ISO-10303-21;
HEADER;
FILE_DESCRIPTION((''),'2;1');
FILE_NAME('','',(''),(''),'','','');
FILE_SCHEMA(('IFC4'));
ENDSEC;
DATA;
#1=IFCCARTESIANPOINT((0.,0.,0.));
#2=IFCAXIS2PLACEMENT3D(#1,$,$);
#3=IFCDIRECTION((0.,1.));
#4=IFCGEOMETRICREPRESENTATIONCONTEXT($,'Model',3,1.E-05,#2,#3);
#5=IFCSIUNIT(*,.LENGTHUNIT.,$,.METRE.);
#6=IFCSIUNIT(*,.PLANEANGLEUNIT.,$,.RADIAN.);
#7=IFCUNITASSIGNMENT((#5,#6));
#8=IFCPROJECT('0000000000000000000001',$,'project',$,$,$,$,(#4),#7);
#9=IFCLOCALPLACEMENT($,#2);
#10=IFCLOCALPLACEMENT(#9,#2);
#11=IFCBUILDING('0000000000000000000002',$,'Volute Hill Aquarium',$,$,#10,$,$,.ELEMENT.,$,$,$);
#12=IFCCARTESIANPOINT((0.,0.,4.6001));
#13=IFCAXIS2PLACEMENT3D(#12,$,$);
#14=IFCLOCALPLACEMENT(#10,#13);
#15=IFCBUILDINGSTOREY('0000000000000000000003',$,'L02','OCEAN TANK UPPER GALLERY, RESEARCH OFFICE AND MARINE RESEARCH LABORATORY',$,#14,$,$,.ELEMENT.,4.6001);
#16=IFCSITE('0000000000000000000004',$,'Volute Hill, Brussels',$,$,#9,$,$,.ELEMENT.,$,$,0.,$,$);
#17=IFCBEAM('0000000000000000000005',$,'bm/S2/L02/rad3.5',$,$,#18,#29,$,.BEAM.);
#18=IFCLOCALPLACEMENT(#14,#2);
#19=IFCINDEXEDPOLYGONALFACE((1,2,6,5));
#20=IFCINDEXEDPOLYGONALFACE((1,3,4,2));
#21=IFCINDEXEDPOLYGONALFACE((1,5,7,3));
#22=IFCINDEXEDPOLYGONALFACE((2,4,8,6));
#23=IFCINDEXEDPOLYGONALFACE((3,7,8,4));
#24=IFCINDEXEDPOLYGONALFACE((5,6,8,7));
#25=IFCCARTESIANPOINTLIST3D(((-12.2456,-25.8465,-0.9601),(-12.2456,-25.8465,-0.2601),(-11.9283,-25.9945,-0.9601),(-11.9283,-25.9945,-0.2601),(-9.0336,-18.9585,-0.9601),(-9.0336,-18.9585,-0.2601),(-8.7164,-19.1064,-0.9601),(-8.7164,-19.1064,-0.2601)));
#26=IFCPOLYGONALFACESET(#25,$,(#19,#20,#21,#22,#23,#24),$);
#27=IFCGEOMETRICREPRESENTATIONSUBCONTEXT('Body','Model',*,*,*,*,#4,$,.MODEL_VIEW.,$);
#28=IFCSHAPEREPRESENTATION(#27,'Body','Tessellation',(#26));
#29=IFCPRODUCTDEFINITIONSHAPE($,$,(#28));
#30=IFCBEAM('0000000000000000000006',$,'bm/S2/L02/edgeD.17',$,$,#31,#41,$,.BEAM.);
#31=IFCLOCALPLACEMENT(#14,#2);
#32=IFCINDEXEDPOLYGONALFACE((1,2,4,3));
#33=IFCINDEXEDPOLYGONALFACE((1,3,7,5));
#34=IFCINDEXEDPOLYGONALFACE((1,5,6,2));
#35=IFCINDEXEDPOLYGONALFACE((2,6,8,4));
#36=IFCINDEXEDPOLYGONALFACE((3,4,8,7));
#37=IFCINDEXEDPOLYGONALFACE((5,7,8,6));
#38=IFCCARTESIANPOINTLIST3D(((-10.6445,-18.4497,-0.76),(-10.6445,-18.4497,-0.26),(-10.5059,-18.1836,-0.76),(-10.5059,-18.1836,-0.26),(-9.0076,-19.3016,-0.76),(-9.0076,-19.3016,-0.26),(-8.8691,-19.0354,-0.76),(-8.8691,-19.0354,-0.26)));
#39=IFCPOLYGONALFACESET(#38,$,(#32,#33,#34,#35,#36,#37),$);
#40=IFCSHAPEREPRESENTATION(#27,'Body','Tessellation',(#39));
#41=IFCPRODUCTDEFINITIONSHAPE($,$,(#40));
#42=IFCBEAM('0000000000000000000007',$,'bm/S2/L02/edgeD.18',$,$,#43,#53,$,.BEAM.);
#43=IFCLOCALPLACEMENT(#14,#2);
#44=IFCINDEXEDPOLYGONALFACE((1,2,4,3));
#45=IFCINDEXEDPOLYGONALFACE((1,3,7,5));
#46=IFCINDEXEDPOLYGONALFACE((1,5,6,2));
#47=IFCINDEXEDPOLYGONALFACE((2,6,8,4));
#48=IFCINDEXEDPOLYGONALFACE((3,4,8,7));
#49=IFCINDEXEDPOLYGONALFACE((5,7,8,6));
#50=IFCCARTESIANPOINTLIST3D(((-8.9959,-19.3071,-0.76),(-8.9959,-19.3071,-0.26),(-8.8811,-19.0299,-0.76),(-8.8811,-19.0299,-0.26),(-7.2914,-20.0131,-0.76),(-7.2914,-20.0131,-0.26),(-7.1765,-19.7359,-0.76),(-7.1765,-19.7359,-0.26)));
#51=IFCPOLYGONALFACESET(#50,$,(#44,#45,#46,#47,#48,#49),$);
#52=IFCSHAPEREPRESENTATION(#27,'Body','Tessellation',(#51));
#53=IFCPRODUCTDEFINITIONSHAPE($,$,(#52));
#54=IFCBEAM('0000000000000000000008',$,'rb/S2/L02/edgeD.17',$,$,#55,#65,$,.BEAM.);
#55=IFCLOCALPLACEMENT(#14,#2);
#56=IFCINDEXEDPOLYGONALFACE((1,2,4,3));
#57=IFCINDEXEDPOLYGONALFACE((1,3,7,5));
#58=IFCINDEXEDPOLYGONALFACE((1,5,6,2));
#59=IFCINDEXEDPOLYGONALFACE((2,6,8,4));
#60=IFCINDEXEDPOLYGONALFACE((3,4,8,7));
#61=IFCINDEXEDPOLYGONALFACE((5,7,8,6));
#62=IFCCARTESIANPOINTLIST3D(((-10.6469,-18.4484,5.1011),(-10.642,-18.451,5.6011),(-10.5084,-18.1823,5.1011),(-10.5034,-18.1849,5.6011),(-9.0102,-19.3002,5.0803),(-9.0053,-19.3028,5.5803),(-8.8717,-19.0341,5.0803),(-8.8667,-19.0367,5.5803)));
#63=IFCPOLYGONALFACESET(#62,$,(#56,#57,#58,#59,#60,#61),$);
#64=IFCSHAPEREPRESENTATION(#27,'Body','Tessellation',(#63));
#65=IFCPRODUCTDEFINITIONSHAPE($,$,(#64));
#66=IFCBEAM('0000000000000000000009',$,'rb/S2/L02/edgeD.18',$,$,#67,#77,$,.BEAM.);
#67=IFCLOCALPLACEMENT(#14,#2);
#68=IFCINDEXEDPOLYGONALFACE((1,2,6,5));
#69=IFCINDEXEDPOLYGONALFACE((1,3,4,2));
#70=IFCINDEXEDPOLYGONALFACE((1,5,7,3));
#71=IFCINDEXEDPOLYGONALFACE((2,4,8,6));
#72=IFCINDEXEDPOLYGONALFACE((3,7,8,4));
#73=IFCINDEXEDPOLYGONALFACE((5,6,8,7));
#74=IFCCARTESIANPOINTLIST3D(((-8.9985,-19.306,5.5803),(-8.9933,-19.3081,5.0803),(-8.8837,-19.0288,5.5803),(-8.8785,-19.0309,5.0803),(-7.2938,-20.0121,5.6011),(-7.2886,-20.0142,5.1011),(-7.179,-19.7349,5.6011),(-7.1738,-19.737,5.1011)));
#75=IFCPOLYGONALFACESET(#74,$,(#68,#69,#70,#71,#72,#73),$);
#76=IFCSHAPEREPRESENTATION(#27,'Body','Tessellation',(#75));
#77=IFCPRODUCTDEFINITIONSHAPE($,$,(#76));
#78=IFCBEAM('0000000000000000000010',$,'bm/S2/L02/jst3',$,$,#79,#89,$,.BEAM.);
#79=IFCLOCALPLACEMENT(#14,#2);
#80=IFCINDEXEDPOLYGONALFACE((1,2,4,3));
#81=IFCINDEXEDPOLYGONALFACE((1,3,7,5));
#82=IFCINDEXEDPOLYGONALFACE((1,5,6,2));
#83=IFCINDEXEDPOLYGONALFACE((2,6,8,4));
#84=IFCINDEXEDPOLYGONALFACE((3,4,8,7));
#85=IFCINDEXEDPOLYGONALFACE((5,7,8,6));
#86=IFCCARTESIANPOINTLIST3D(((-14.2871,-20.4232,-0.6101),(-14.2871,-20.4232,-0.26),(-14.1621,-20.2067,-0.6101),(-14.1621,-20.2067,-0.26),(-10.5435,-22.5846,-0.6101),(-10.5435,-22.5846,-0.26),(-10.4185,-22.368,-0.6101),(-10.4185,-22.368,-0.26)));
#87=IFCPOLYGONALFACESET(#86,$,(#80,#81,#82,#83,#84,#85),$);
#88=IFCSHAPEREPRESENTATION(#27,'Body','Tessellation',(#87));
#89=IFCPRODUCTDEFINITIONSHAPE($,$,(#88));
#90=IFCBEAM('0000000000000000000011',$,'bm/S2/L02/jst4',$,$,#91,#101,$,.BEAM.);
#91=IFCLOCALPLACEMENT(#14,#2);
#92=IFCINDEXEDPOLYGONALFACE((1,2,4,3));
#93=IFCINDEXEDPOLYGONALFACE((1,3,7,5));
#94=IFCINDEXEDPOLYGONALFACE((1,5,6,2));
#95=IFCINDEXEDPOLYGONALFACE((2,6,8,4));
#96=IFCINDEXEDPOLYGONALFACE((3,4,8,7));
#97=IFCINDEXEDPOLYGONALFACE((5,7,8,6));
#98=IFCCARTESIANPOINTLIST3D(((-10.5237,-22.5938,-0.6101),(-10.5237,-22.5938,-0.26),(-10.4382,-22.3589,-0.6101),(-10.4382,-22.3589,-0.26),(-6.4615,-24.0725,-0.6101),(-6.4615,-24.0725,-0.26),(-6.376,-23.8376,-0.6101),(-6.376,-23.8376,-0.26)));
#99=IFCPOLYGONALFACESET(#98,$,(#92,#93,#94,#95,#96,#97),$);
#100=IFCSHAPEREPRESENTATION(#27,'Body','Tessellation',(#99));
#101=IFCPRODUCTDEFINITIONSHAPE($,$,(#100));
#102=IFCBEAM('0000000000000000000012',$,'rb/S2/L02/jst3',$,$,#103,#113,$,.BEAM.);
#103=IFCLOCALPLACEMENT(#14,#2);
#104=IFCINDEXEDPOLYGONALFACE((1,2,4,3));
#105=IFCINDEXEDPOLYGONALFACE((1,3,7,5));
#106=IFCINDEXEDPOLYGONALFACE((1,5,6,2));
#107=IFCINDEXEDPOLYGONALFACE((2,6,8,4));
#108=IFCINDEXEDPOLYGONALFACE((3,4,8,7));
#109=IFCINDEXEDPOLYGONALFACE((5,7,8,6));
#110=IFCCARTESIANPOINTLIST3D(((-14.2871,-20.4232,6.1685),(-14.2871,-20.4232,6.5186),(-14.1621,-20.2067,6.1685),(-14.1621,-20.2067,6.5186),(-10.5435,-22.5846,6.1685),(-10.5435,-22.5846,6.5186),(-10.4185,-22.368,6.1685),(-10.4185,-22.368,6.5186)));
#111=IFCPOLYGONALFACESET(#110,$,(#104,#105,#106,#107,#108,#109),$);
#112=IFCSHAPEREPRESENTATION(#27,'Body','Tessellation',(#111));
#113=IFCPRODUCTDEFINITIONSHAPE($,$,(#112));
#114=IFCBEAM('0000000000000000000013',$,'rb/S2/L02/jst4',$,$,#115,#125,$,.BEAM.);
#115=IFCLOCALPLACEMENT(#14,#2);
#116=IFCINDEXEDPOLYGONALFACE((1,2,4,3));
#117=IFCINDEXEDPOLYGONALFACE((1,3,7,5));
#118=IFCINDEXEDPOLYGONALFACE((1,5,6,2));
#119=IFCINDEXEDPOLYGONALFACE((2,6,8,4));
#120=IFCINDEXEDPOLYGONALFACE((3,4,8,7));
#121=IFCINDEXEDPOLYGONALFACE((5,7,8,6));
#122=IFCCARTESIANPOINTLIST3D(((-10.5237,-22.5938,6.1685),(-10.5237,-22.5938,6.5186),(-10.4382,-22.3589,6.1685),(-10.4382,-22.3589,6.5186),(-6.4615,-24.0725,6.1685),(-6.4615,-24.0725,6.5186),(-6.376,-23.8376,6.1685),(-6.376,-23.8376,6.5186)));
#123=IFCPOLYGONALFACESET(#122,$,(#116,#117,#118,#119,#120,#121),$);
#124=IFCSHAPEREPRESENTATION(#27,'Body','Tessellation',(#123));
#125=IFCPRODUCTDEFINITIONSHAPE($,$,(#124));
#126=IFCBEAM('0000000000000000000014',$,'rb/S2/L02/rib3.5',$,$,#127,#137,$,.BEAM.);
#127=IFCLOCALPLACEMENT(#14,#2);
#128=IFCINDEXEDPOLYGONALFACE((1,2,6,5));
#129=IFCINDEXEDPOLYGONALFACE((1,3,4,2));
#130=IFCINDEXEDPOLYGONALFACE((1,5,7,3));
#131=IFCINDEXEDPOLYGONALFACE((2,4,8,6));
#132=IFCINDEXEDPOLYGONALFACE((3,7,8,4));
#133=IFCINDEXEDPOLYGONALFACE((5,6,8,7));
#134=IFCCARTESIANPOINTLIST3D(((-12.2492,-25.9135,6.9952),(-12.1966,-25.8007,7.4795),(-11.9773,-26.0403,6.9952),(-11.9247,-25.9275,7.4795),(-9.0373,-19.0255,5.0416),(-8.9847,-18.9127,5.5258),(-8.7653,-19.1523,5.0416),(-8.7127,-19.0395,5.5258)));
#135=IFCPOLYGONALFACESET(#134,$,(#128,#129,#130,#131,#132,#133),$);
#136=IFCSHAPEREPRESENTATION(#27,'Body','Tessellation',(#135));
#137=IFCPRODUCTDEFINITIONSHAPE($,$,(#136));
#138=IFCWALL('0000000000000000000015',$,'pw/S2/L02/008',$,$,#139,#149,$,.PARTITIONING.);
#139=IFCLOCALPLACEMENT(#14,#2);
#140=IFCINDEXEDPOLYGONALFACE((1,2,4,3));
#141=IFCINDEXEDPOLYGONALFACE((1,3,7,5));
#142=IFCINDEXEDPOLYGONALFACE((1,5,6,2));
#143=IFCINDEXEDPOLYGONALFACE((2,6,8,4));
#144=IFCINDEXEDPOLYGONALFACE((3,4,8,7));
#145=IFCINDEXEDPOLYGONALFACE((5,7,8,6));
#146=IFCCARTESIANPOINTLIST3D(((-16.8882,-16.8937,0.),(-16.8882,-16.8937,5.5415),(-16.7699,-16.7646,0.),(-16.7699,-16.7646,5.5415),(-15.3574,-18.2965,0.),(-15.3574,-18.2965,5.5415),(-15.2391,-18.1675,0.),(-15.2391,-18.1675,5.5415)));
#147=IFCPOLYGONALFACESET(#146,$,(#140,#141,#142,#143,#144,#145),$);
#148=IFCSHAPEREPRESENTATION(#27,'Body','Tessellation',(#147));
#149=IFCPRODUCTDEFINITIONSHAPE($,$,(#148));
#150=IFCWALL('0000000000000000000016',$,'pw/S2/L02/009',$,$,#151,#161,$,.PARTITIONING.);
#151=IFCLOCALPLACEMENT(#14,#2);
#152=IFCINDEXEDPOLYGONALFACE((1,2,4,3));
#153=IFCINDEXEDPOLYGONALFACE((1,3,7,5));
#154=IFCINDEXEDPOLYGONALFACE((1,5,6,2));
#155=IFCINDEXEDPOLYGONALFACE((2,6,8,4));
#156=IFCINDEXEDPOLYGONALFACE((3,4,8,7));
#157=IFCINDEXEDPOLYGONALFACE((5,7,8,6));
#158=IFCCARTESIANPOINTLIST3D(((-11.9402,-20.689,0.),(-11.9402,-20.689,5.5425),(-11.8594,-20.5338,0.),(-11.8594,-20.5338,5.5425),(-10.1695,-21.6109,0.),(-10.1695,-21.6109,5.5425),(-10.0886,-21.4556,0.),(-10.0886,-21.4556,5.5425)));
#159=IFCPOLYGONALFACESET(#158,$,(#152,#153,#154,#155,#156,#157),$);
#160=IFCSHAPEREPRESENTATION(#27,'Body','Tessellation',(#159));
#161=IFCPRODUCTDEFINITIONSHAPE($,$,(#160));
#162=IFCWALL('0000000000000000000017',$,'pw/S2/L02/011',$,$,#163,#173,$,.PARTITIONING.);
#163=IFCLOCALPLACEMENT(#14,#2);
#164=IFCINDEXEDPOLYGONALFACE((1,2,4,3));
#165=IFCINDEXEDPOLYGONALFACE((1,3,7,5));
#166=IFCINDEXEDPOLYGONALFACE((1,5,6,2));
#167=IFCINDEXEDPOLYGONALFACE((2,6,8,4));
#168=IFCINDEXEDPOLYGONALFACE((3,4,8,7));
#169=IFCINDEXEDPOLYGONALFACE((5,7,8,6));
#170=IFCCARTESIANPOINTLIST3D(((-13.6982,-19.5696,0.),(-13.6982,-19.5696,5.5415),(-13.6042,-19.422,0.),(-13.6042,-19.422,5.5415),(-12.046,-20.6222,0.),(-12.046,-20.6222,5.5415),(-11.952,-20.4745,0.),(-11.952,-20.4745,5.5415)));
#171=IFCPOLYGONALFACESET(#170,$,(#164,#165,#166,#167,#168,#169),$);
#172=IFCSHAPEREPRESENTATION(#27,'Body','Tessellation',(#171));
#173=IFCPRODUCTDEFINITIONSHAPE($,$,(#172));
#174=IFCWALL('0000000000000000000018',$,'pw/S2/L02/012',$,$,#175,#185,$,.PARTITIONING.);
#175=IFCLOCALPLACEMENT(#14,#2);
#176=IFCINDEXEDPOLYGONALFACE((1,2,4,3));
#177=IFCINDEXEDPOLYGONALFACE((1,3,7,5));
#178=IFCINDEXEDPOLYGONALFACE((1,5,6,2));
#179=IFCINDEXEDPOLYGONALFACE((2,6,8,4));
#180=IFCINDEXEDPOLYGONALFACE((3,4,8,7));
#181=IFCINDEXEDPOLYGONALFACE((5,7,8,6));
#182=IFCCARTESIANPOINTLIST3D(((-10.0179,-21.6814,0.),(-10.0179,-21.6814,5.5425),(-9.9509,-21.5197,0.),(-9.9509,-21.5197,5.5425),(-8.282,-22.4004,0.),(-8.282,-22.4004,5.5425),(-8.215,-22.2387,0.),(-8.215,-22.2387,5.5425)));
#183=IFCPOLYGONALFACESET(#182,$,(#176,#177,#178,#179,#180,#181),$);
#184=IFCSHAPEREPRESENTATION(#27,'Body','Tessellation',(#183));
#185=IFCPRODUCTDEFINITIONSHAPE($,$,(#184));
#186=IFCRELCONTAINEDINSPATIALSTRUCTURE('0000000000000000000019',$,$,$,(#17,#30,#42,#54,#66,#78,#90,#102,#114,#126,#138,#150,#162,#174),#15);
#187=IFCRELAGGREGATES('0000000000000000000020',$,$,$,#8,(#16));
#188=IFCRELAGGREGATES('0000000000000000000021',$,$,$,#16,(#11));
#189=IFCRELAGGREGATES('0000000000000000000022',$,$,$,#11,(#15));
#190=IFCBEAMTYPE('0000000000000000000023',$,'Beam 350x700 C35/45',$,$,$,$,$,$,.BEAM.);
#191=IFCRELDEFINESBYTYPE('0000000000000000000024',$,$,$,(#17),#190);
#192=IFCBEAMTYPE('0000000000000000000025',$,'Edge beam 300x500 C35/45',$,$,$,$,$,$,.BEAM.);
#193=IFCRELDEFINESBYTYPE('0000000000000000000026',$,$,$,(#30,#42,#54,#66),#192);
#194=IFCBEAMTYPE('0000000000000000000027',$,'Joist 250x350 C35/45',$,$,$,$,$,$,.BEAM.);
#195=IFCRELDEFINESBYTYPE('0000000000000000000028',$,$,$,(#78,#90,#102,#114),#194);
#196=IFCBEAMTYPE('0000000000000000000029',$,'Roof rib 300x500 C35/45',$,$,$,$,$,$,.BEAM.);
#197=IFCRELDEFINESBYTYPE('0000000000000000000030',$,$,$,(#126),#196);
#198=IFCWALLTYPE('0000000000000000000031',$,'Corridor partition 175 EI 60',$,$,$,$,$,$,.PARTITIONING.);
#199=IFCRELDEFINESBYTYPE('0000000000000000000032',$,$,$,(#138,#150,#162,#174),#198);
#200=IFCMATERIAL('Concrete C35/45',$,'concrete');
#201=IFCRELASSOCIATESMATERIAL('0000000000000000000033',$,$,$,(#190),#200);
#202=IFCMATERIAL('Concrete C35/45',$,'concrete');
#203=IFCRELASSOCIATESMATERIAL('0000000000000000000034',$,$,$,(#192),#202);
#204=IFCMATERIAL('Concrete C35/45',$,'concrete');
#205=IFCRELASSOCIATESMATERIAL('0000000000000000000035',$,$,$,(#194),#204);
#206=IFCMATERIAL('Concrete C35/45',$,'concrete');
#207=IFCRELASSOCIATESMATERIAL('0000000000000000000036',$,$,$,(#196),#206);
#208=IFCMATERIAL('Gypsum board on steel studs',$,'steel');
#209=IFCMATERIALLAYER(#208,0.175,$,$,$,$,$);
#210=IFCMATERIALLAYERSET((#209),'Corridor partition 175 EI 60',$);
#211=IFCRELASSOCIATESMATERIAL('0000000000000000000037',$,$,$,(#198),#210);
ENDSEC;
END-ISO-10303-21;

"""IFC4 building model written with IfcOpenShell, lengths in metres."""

from ifc_helpers import new_model, si_unit, direction, frame, frame_2d, origin, origin_2d, place, context, subcontext, project, spatial, rectangle, extrude, material, layer, layer_set, material_profile, profile_set, type_object, element, save


model = new_model("IFC4")

# Units and contexts
model_context = context("Model", 3, precision=1e-05, world=origin(), true_north=direction((0.0, 1.0)))
body_context = subcontext(model_context, "Body", "Model", "MODEL_VIEW")
ifc_project = project(units=[si_unit("LENGTHUNIT", "METRE"), si_unit("PLANEANGLEUNIT", "RADIAN")], contexts=[model_context])

# Site, building, storey
site_placement = place(None, origin())
site = spatial("IfcSite", under=ifc_project, at=site_placement, Name="Volute Hill, Brussels", CompositionType="ELEMENT", RefElevation=0.0)
building_placement = place(site_placement, origin())
building = spatial("IfcBuilding", under=site, at=building_placement, Name="Volute Hill Aquarium", CompositionType="ELEMENT")
storey_placement = place(building_placement, frame((0.0, 0.0, 4.6001)))
storey = spatial("IfcBuildingStorey", under=building, at=storey_placement, Name="L02", Description="OCEAN TANK UPPER GALLERY, RESEARCH OFFICE AND MARINE RESEARCH LABORATORY", CompositionType="ELEMENT", Elevation=4.6001)

# Beams
ifc_material_1 = material(Name="Concrete C35/45", Category="concrete")
ifc_material_profile_1 = material_profile(ifc_material_1, rectangle(XDim=0.3501, YDim=0.7, at=origin_2d()), Name="RC beam 350x700")
ifc_profile_set_1 = profile_set([ifc_material_profile_1], Name="Concrete C35/45")
beam_type_1 = type_object("IfcBeamType", Name="Beam 350x700 C35/45", PredefinedType="BEAM", material=ifc_profile_set_1)
beam_1_placement = place(storey_placement, frame((-8.875, -19.0325, -0.6101), z_axis=(-0.42262, -0.906307, 0.0), x_axis=(0.906307, -0.42262, 0.0)))
element("IfcBeam", 1, at=beam_1_placement, inside=storey, type_object=beam_type_1, Name="bm/S2/L02/rad3.5", PredefinedType="BEAM", context=body_context, shape_type="SweptSolid", body=[
    extrude(rectangle(XDim=0.3501, YDim=0.7, at=origin_2d()), origin(), (0.0, 0.0, 1.0), 7.6001),
])
ifc_material_2 = material(Name="Concrete C35/45", Category="concrete")
ifc_material_profile_2 = material_profile(ifc_material_2, rectangle(XDim=0.3, YDim=0.5, at=origin_2d()), Name="RC edge beam 300x500")
ifc_profile_set_2 = profile_set([ifc_material_profile_2], Name="Concrete C35/45")
beam_type_2 = type_object("IfcBeamType", Name="Edge beam 300x500 C35/45", PredefinedType="BEAM", material=ifc_profile_set_2)
beam_2_placement = place(storey_placement, frame((-10.5752, -18.3167, -0.51), z_axis=(0.887059, -0.461657, 0.0), x_axis=(0.461657, 0.887059, 0.0)))
element("IfcBeam", 2, at=beam_2_placement, inside=storey, type_object=beam_type_2, Name="bm/S2/L02/edgeD.17", PredefinedType="BEAM", context=body_context, shape_type="SweptSolid", body=[
    extrude(rectangle(XDim=0.3, YDim=0.5, at=origin_2d()), origin(), (0.0, 0.0, 1.0), 1.8452),
])
beam_3_placement = place(storey_placement, frame((-8.9385, -19.1685, -0.51), z_axis=(0.923881, -0.382679, 0.0), x_axis=(0.382679, 0.923881, 0.0)))
element("IfcBeam", 3, at=beam_3_placement, inside=storey, type_object=beam_type_2, Name="bm/S2/L02/edgeD.18", PredefinedType="BEAM", context=body_context, shape_type="SweptSolid", body=[
    extrude(rectangle(XDim=0.3, YDim=0.5, at=origin_2d()), origin(), (0.0, 0.0, 1.0), 1.845),
])
for number, where, z_axis, x_axis, name in (
    (4, (-10.5752, -18.3167, 5.3511), (0.887003, -0.461628, -0.011246), (0.461657, 0.887059, 0.0), "rb/S2/L02/edgeD.17"),
    (5, (-8.9385, -19.1685, 5.3303), (0.923823, -0.382655, 0.011247), (0.382679, 0.923881, 0.0), "rb/S2/L02/edgeD.18"),
):
    element("IfcBeam", number, at=place(storey_placement, frame(where, z_axis=z_axis, x_axis=x_axis)), inside=storey, type_object=beam_type_2, Name=name, PredefinedType="BEAM", context=body_context, shape_type="SweptSolid", body=[
        extrude(rectangle(XDim=0.3, YDim=0.5, at=origin_2d()), origin(), (0.0, 0.0, 1.0), 1.8452),
    ])
ifc_material_3 = material(Name="Concrete C35/45", Category="concrete")
ifc_material_profile_3 = material_profile(ifc_material_3, rectangle(XDim=0.25, YDim=0.3501, at=origin_2d()), Name="RC joist 250x350")
ifc_profile_set_3 = profile_set([ifc_material_profile_3], Name="Concrete C35/45")
beam_type_3 = type_object("IfcBeamType", Name="Joist 250x350 C35/45", PredefinedType="BEAM", material=ifc_profile_set_3)
beam_4_placement = place(storey_placement, frame((-14.2246, -20.3149, -0.4351), z_axis=(0.866028, -0.499996, 0.0), x_axis=(0.499996, 0.866028, 0.0)))
element("IfcBeam", 6, at=beam_4_placement, inside=storey, type_object=beam_type_3, Name="bm/S2/L02/jst3", PredefinedType="BEAM", context=body_context, shape_type="SweptSolid", body=[
    extrude(rectangle(XDim=0.25, YDim=0.3501, at=origin_2d()), origin(), (0.0, 0.0, 1.0), 4.3228),
])
beam_5_placement = place(storey_placement, frame((-10.481, -22.4763, -0.4351), z_axis=(0.939676, -0.342065, 0.0), x_axis=(0.342065, 0.939676, 0.0)))
element("IfcBeam", 7, at=beam_5_placement, inside=storey, type_object=beam_type_3, Name="bm/S2/L02/jst4", PredefinedType="BEAM", context=body_context, shape_type="SweptSolid", body=[
    extrude(rectangle(XDim=0.25, YDim=0.3501, at=origin_2d()), origin(), (0.0, 0.0, 1.0), 4.323),
])
beam_6_placement = place(storey_placement, frame((-14.2246, -20.3149, 6.3435), z_axis=(0.866028, -0.499996, 0.0), x_axis=(0.499996, 0.866028, 0.0)))
element("IfcBeam", 8, at=beam_6_placement, inside=storey, type_object=beam_type_3, Name="rb/S2/L02/jst3", PredefinedType="BEAM", context=body_context, shape_type="SweptSolid", body=[
    extrude(rectangle(XDim=0.25, YDim=0.3501, at=origin_2d()), origin(), (0.0, 0.0, 1.0), 4.3228),
])
beam_7_placement = place(storey_placement, frame((-10.481, -22.4763, 6.3435), z_axis=(0.939676, -0.342065, 0.0), x_axis=(0.342065, 0.939676, 0.0)))
element("IfcBeam", 9, at=beam_7_placement, inside=storey, type_object=beam_type_3, Name="rb/S2/L02/jst4", PredefinedType="BEAM", context=body_context, shape_type="SweptSolid", body=[
    extrude(rectangle(XDim=0.25, YDim=0.3501, at=origin_2d()), origin(), (0.0, 0.0, 1.0), 4.323),
])
ifc_material_4 = material(Name="Concrete C35/45", Category="concrete")
ifc_material_profile_4 = material_profile(ifc_material_4, rectangle(XDim=0.3, YDim=0.5, at=origin_2d()), Name="RC rib 300x500")
ifc_profile_set_4 = profile_set([ifc_material_profile_4], Name="Concrete C35/45")
beam_type_4 = type_object("IfcBeamType", Name="Roof rib 300x500 C35/45", PredefinedType="BEAM", material=ifc_profile_set_4)
beam_8_placement = place(storey_placement, frame((-8.875, -19.0325, 5.2837), z_axis=(-0.409313, -0.877771, 0.24896), x_axis=(0.906307, -0.42262, 0.0)))
element("IfcBeam", 10, at=beam_8_placement, inside=storey, type_object=beam_type_4, Name="rb/S2/L02/rib3.5", PredefinedType="BEAM", context=body_context, shape_type="SweptSolid", body=[
    extrude(rectangle(XDim=0.3, YDim=0.5, at=origin_2d()), origin(), (0.0, 0.0, 1.0), 7.8472),
])

# Walls
ifc_material_5 = material(Name="Gypsum board on steel studs", Category="steel")
ifc_layer_1 = layer(ifc_material_5, 0.175)
ifc_layer_set_1 = layer_set([ifc_layer_1], Name="Corridor partition 175 EI 60")
wall_type_1 = type_object("IfcWallType", Name="Corridor partition 175 EI 60", PredefinedType="PARTITIONING", material=ifc_layer_set_1)
wall_1_placement = place(storey_placement, frame((-15.2983, -18.2319, 0.0), z_axis=(0.0, 0.0, 1.0), x_axis=(-0.737242, 0.675629, 0.0)))
element("IfcWall", 11, at=wall_1_placement, inside=storey, type_object=wall_type_1, Name="pw/S2/L02/008", PredefinedType="PARTITIONING", context=body_context, shape_type="SweptSolid", body=[
    extrude(rectangle(XDim=2.0764, YDim=0.175, at=frame_2d((1.0381, 0.0))), origin(), (0.0, 0.0, 1.0), 5.5415),
])
wall_2_placement = place(storey_placement, frame((-10.1292, -21.5332, 0.0), z_axis=(0.0, 0.0, 1.0), x_axis=(-0.886994, 0.46178, 0.0)))
element("IfcWall", 12, at=wall_2_placement, inside=storey, type_object=wall_type_1, Name="pw/S2/L02/009", PredefinedType="PARTITIONING", context=body_context, shape_type="SweptSolid", body=[
    extrude(rectangle(XDim=1.9963, YDim=0.175, at=frame_2d((0.998, 0.0))), origin(), (0.0, 0.0, 1.0), 5.5425),
])
wall_3_placement = place(storey_placement, frame((-11.999, -20.5483, 0.0), z_axis=(0.0, 0.0, 1.0), x_axis=(-0.843395, 0.537295, 0.0)))
element("IfcWall", 13, at=wall_3_placement, inside=storey, type_object=wall_type_1, Name="pw/S2/L02/011", PredefinedType="PARTITIONING", context=body_context, shape_type="SweptSolid", body=[
    extrude(rectangle(XDim=1.959, YDim=0.175, at=frame_2d((0.9795, 0.0))), origin(), (0.0, 0.0, 1.0), 5.5415),
])
wall_4_placement = place(storey_placement, frame((-8.2485, -22.3196, 0.0), z_axis=(0.0, 0.0, 1.0), x_axis=(-0.923882, 0.382677, 0.0)))
element("IfcWall", 14, at=wall_4_placement, inside=storey, type_object=wall_type_1, Name="pw/S2/L02/012", PredefinedType="PARTITIONING", context=body_context, shape_type="SweptSolid", body=[
    extrude(rectangle(XDim=1.8789, YDim=0.175, at=frame_2d((0.9395, 0.0))), origin(), (0.0, 0.0, 1.0), 5.5425),
])

save(model, "model.ifc")
